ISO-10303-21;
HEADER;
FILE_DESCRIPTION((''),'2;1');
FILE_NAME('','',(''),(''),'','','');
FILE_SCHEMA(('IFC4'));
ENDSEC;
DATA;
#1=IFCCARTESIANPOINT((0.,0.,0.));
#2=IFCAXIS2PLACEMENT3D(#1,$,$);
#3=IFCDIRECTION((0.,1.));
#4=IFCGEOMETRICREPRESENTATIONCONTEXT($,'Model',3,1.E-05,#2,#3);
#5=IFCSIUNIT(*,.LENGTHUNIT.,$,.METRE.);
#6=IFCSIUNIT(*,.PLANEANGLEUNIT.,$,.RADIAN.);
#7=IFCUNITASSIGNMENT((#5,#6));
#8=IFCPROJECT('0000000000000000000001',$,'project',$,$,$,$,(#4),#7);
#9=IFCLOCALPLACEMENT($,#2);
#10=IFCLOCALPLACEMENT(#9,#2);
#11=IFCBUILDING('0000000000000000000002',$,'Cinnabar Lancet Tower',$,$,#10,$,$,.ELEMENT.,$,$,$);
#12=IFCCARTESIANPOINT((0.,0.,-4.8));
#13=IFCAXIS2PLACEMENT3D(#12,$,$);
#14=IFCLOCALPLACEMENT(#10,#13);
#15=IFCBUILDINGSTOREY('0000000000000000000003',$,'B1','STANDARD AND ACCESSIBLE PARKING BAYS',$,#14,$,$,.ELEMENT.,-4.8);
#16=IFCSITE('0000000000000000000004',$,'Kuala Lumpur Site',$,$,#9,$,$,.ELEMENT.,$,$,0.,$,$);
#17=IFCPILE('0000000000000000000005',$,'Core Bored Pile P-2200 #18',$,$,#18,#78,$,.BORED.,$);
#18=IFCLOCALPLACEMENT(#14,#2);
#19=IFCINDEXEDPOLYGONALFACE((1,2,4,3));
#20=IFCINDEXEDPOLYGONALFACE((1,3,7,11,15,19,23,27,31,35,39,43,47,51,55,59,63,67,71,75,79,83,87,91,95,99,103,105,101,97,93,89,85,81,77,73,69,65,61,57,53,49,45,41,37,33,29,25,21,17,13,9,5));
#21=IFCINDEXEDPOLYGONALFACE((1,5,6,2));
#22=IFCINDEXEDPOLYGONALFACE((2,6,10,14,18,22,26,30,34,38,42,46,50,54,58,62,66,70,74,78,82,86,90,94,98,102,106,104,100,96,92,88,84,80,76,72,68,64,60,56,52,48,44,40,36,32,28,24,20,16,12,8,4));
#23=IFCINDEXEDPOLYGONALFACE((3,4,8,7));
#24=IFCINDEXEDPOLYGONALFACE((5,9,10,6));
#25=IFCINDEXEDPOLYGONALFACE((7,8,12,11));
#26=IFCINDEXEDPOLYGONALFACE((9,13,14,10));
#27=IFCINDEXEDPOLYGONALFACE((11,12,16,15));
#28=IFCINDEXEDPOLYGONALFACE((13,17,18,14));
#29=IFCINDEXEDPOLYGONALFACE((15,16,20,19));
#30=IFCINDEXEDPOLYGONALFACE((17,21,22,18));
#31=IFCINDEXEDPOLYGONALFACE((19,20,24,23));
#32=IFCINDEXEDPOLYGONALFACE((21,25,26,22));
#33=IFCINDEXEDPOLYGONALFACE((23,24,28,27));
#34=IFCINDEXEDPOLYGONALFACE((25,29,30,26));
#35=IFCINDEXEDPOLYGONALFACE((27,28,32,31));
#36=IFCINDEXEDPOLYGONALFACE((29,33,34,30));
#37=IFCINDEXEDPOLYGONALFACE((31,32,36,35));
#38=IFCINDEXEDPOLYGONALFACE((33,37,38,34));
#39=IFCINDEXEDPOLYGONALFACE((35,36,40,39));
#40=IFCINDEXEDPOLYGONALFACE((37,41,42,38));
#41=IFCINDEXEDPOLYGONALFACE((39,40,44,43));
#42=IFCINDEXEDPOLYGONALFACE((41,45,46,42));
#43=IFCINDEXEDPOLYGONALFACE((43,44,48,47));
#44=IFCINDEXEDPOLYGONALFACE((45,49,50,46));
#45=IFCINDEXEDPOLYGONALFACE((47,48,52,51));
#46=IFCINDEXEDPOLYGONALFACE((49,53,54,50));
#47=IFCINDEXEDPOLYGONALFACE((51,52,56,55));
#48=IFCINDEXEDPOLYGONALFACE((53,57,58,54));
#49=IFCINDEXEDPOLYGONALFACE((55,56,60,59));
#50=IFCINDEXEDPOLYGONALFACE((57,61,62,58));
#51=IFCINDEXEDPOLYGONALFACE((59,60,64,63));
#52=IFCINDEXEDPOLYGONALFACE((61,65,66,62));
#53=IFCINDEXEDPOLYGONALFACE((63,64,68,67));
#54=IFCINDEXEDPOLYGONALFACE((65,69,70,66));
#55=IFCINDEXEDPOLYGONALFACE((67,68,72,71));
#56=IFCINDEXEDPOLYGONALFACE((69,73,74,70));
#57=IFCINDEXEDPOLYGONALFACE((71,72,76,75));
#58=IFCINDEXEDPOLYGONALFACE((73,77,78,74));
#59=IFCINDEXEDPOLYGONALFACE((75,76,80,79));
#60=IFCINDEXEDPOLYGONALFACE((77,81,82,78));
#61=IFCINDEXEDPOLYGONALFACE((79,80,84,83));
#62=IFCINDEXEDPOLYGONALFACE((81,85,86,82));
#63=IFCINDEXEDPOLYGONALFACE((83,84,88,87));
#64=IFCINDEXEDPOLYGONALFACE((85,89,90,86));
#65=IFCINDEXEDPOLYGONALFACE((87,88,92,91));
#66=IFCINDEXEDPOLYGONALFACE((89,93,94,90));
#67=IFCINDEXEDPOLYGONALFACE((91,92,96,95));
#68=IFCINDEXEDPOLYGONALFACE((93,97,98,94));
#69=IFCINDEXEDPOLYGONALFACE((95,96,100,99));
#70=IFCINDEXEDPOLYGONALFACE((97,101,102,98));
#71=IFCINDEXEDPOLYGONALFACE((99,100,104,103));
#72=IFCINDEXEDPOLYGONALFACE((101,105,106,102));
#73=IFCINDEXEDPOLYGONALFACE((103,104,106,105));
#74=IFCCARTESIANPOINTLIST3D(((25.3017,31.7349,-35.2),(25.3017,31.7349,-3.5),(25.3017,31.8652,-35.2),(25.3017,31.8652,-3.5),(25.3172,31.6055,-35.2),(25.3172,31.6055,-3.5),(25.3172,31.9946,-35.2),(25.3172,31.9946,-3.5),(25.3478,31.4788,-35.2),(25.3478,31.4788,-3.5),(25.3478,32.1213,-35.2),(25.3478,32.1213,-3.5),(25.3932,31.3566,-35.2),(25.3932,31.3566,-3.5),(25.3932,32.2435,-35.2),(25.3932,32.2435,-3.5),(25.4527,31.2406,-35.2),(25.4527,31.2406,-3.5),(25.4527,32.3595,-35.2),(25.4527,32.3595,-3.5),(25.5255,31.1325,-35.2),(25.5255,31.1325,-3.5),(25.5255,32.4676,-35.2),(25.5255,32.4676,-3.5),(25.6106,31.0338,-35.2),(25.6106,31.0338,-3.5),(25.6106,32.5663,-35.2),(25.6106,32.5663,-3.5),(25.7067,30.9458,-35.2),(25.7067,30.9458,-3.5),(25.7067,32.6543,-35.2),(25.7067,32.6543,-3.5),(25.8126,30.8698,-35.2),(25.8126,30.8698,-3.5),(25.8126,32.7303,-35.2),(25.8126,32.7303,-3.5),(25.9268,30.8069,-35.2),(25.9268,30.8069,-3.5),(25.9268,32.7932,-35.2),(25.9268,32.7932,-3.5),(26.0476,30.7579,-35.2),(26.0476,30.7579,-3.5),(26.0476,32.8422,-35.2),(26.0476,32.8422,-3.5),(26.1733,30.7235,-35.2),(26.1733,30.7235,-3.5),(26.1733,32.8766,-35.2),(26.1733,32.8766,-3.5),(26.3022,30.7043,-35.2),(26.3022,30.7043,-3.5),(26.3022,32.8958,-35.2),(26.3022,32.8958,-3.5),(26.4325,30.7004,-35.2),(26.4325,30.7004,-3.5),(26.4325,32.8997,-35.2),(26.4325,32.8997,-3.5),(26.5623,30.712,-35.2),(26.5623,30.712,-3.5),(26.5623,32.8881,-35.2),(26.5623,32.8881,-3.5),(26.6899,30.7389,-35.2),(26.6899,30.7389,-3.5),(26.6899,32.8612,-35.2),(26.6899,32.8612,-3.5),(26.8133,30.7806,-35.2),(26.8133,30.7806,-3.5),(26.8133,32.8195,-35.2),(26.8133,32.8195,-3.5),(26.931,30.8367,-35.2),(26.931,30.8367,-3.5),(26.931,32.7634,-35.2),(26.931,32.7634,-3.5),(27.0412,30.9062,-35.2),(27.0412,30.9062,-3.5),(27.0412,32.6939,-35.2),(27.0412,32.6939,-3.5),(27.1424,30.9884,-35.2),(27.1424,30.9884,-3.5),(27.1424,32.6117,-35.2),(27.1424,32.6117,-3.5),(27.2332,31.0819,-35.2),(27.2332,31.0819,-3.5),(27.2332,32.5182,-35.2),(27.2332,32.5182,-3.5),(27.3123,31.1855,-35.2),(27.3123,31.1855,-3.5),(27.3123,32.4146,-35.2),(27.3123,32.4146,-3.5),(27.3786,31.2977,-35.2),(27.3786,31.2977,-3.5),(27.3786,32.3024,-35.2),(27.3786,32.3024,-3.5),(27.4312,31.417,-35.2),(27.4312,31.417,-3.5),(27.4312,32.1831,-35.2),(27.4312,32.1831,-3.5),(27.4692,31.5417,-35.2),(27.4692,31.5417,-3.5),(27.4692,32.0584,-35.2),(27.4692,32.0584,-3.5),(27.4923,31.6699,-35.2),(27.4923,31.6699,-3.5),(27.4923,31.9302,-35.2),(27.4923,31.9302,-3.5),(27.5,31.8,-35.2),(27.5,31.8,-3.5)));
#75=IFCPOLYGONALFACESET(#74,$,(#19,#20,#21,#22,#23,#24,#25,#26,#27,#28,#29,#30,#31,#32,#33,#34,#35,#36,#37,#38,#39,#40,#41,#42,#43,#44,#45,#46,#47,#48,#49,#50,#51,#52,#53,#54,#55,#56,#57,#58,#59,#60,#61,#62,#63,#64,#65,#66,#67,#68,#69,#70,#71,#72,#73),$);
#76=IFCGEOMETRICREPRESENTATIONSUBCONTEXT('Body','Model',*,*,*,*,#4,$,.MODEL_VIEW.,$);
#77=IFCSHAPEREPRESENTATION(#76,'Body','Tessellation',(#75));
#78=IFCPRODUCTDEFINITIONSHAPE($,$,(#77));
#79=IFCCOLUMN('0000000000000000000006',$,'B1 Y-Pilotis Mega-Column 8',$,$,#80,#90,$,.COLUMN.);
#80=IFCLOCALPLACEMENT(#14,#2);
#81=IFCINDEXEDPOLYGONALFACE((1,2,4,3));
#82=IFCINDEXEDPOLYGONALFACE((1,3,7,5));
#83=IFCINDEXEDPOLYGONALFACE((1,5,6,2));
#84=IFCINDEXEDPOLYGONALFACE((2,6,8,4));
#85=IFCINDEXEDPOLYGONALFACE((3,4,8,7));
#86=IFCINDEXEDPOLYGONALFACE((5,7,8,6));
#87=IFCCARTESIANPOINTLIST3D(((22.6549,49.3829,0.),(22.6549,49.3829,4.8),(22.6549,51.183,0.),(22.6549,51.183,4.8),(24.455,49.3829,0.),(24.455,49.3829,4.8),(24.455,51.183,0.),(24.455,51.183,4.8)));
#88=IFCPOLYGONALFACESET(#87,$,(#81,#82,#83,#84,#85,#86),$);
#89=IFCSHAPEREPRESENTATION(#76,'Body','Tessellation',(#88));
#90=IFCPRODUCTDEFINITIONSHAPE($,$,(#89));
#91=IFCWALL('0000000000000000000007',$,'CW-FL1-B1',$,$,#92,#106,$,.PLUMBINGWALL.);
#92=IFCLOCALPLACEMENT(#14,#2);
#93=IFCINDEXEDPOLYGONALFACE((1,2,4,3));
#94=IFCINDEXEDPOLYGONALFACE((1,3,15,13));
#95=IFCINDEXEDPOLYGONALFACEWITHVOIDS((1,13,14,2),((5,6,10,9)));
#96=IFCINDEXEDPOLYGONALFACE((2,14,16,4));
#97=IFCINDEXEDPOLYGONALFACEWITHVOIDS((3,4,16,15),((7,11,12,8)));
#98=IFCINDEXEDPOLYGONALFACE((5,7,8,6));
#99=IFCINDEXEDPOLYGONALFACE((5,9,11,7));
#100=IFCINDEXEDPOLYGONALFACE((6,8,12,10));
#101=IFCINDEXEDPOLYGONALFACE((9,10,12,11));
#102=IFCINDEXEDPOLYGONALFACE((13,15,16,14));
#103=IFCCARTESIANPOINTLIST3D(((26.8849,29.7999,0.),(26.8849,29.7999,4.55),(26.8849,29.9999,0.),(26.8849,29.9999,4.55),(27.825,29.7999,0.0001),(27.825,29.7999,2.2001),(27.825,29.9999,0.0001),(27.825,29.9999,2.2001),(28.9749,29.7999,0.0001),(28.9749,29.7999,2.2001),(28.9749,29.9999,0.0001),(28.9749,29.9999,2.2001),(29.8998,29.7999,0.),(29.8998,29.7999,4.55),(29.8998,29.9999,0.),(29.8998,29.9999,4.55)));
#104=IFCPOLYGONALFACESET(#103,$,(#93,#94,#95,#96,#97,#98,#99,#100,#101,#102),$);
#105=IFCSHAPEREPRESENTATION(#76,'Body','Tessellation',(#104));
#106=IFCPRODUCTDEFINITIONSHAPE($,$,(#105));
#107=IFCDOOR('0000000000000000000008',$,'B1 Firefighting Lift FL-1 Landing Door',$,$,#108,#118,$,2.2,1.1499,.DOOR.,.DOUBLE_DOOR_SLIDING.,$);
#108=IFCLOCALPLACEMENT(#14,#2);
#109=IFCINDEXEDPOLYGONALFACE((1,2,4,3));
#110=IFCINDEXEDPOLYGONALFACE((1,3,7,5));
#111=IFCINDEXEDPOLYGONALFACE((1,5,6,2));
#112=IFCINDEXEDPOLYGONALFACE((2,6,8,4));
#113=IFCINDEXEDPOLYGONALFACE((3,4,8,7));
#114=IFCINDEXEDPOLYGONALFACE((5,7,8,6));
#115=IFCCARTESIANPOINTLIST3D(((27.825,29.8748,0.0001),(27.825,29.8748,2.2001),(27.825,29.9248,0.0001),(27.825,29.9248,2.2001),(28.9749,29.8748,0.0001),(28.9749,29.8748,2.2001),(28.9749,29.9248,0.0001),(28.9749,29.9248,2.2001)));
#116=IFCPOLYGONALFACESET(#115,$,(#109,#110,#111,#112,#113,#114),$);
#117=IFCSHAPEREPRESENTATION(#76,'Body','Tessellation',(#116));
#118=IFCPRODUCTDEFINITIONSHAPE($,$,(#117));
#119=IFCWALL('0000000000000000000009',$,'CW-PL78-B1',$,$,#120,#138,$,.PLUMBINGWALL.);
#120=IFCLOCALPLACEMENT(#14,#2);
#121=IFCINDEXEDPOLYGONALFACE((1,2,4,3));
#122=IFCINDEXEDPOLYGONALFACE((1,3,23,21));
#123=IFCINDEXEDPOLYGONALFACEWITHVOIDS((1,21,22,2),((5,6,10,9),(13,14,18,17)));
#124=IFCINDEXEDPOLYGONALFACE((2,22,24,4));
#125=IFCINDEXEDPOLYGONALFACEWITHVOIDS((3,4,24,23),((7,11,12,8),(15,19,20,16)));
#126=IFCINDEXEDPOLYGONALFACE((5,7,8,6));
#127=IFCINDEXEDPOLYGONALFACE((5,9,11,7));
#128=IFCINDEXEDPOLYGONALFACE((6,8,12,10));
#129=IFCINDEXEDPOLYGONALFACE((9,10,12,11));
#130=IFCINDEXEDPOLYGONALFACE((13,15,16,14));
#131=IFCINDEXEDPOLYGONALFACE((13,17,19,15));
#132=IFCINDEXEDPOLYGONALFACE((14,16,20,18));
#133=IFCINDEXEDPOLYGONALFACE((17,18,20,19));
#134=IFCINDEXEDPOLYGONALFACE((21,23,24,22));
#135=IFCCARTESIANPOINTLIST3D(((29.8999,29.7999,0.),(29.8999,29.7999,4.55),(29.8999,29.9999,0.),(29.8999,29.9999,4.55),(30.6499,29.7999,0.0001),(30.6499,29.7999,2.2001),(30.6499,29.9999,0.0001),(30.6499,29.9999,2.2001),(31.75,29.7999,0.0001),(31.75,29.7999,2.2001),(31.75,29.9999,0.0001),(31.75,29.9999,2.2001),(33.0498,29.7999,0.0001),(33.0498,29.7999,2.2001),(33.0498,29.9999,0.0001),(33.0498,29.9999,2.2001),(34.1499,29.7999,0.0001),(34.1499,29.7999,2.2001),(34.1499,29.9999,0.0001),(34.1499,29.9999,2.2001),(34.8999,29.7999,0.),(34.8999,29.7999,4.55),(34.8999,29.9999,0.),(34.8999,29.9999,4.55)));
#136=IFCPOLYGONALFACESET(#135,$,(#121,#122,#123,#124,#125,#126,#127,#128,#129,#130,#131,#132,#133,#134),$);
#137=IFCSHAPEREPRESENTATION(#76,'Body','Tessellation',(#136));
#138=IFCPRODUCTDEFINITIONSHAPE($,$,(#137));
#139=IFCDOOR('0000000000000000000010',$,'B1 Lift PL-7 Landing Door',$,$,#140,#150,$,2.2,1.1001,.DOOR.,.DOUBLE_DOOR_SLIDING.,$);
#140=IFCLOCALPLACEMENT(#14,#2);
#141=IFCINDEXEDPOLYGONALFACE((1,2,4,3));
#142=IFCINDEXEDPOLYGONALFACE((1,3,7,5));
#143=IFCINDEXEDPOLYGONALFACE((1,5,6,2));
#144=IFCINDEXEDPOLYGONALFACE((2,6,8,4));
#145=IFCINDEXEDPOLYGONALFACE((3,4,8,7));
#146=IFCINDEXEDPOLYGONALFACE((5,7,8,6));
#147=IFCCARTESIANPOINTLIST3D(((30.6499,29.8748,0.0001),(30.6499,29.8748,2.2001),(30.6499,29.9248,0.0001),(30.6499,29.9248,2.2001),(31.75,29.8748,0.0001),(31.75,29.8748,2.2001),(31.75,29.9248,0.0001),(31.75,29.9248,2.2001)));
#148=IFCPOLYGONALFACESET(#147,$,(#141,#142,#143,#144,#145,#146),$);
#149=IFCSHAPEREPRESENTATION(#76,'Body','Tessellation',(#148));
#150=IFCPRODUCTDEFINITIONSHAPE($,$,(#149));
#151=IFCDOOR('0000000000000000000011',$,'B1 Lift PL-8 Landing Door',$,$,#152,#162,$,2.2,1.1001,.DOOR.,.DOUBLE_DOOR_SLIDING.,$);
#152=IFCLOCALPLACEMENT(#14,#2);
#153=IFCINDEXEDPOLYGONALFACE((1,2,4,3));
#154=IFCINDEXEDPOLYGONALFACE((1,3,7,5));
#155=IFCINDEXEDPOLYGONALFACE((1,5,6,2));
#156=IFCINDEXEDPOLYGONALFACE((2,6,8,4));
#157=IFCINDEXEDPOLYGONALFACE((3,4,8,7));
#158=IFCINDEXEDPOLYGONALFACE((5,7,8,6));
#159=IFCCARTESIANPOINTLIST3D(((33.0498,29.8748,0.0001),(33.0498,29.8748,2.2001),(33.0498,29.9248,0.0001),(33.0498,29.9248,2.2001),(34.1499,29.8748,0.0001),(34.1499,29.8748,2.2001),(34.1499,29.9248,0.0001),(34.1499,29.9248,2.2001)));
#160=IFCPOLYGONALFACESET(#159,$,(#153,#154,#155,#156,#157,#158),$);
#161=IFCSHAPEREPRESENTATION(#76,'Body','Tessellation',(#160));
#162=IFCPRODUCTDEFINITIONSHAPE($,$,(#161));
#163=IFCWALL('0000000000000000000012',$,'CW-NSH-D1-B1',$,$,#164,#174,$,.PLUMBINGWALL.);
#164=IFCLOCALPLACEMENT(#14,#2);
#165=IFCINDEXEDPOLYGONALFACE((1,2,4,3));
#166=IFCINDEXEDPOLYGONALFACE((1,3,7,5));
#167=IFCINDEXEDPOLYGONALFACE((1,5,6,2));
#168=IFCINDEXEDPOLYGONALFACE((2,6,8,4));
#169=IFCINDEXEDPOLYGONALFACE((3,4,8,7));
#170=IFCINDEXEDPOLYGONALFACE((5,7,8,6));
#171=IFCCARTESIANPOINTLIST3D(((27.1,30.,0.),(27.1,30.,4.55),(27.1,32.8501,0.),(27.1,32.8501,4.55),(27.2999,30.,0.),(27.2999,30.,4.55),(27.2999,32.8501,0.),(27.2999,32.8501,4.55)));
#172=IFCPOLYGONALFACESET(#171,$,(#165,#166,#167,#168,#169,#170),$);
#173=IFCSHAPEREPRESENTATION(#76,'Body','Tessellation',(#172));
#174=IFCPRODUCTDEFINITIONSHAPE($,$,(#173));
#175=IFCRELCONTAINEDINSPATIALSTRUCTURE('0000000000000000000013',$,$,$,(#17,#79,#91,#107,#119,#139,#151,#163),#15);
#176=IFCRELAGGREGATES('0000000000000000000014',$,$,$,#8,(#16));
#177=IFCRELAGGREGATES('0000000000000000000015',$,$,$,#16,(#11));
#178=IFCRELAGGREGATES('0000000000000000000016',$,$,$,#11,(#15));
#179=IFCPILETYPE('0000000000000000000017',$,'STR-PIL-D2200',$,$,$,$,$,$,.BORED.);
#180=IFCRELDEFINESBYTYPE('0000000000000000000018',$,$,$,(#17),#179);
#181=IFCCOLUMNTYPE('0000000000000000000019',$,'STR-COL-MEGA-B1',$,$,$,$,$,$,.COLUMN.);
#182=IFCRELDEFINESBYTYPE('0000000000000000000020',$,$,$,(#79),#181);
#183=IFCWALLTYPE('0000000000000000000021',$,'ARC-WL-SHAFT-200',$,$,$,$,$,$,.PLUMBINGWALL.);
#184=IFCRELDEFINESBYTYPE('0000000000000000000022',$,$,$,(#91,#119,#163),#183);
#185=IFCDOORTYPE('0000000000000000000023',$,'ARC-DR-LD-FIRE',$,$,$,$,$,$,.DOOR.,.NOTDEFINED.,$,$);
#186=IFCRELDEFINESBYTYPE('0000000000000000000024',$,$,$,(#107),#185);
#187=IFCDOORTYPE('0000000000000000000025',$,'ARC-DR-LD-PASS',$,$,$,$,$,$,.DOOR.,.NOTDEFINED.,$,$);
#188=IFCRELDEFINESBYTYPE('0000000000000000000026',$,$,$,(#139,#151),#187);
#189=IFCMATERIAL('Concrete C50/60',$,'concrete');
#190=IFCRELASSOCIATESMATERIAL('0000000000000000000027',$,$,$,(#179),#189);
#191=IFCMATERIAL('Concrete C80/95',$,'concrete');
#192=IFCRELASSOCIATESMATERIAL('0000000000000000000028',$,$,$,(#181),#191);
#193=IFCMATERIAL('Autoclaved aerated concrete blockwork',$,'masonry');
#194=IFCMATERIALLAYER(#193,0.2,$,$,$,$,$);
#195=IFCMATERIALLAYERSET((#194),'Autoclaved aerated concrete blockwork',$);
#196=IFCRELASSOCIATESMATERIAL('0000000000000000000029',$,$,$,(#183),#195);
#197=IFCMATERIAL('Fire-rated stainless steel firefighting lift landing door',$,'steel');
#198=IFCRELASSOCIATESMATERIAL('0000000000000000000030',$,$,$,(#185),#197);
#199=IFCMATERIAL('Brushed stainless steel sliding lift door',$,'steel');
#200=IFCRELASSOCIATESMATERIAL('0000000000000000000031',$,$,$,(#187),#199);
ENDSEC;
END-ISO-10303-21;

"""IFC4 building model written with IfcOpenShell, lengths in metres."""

from ifc_helpers import new_model, si_unit, direction, frame, frame_2d, origin, origin_2d, place, context, subcontext, project, spatial, rectangle, circle, extrude, material, layer, layer_set, material_profile, profile_set, type_object, element, fill, save


model = new_model("IFC4")

# Units and contexts
model_context = context("Model", 3, precision=1e-05, world=origin(), true_north=direction((0.0, 1.0)))
body_context = subcontext(model_context, "Body", "Model", "MODEL_VIEW")
ifc_project = project(units=[si_unit("LENGTHUNIT", "METRE"), si_unit("PLANEANGLEUNIT", "RADIAN")], contexts=[model_context])

# Site, building, storey
site_placement = place(None, origin())
site = spatial("IfcSite", under=ifc_project, at=site_placement, Name="Kuala Lumpur Site", CompositionType="ELEMENT", RefElevation=0.0)
building_placement = place(site_placement, origin())
building = spatial("IfcBuilding", under=site, at=building_placement, Name="Cinnabar Lancet Tower", CompositionType="ELEMENT")
storey_placement = place(building_placement, frame((0.0, 0.0, -4.8)))
storey = spatial("IfcBuildingStorey", under=building, at=storey_placement, Name="B1", Description="STANDARD AND ACCESSIBLE PARKING BAYS", CompositionType="ELEMENT", Elevation=-4.8)

# Pile
ifc_material_1 = material(Name="Concrete C50/60", Category="concrete")
ifc_material_profile_1 = material_profile(ifc_material_1, circle(Radius=1.1001, at=origin_2d()), Name="PILE D2200")
ifc_profile_set_1 = profile_set([ifc_material_profile_1], Name="Concrete C50/60")
pile_type_1 = type_object("IfcPileType", Name="STR-PIL-D2200", PredefinedType="BORED", material=ifc_profile_set_1)
pile_1_placement = place(storey_placement, frame((26.3999, 31.8, -3.5), z_axis=(0.0, 0.0, -1.0), x_axis=(1.0, 0.0, 0.0)))
element("IfcPile", 1, at=pile_1_placement, inside=storey, type_object=pile_type_1, Name="Core Bored Pile P-2200 #18", PredefinedType="BORED", context=body_context, shape_type="SweptSolid", body=[
    extrude(circle(Radius=1.1001, at=origin_2d()), origin(), (0.0, 0.0, 1.0), 31.7),
])

# Column
ifc_material_2 = material(Name="Concrete C80/95", Category="concrete")
ifc_material_profile_2 = material_profile(ifc_material_2, rectangle(XDim=1.8, YDim=1.8, at=origin_2d()), Name="RC-MEGA 1800x1800")
ifc_profile_set_2 = profile_set([ifc_material_profile_2], Name="Concrete C80/95")
column_type = type_object("IfcColumnType", Name="STR-COL-MEGA-B1", PredefinedType="COLUMN", material=ifc_profile_set_2)
column_placement = place(storey_placement, frame((23.5549, 50.283, 0.0), z_axis=(0.0, 0.0, 1.0), x_axis=(1.0, 0.0, 0.0)))
element("IfcColumn", 2, at=column_placement, inside=storey, type_object=column_type, Name="B1 Y-Pilotis Mega-Column 8", PredefinedType="COLUMN", context=body_context, shape_type="SweptSolid", body=[
    extrude(rectangle(XDim=1.8, YDim=1.8, at=origin_2d()), origin(), (0.0, 0.0, 1.0), 4.8),
])

# Wall, opening, door
ifc_material_3 = material(Name="Autoclaved aerated concrete blockwork", Category="masonry")
ifc_layer = layer(ifc_material_3, 0.2)
ifc_layer_set = layer_set([ifc_layer], Name="Autoclaved aerated concrete blockwork")
wall_type = type_object("IfcWallType", Name="ARC-WL-SHAFT-200", PredefinedType="PLUMBINGWALL", material=ifc_layer_set)
wall_1_placement = place(storey_placement, frame((26.885, 29.8999, 0.0), z_axis=(0.0, 0.0, 1.0), x_axis=(1.0, 0.0, 0.0)))
wall_1 = element("IfcWall", 3, at=wall_1_placement, inside=storey, type_object=wall_type, Name="CW-FL1-B1", PredefinedType="PLUMBINGWALL", context=body_context, shape_type="SweptSolid", body=[
    extrude(rectangle(XDim=3.0149, YDim=0.2, at=frame_2d((1.5073, 0.0))), origin(), (0.0, 0.0, 1.0), 4.55),
])
opening_1_placement = place(wall_1_placement, frame((0.9399, 0.0, 0.0)))
opening_1 = element("IfcOpeningElement", 4, at=opening_1_placement, cuts=wall_1, PredefinedType="OPENING", context=body_context, shape_type="SweptSolid", body=[
    extrude(rectangle(XDim=1.1499, YDim=2.2, at=frame_2d((0.575, 1.1001))), frame((0.0, 0.1099, 0.0), z_axis=(0.0, -1.0, 0.0), x_axis=(1.0, 0.0, 0.0)), (0.0, 0.0, 1.0), 0.22),
])
ifc_material_4 = material(Name="Fire-rated stainless steel firefighting lift landing door", Category="steel")
door_type_1 = type_object("IfcDoorType", Name="ARC-DR-LD-FIRE", OperationType="NOTDEFINED", PredefinedType="DOOR", material=ifc_material_4)
door_1_placement = place(opening_1_placement, origin())
door_1 = element("IfcDoor", 5, at=door_1_placement, inside=storey, type_object=door_type_1, Name="B1 Firefighting Lift FL-1 Landing Door", OperationType="DOUBLE_DOOR_SLIDING", OverallHeight=2.2, OverallWidth=1.1499, PredefinedType="DOOR", context=body_context, shape_type="SweptSolid", body=[
    extrude(rectangle(XDim=1.1499, YDim=2.2, at=frame_2d((0.575, 1.1001))), frame((0.0, 0.0249, 0.0), z_axis=(0.0, -1.0, 0.0), x_axis=(1.0, 0.0, 0.0)), (0.0, 0.0, 1.0), 0.05),
])
fill(opening_1, door_1)

# Wall, openings, doors
wall_2_placement = place(storey_placement, frame((29.8999, 29.8999, 0.0), z_axis=(0.0, 0.0, 1.0), x_axis=(1.0, 0.0, 0.0)))
wall_2 = element("IfcWall", 6, at=wall_2_placement, inside=storey, type_object=wall_type, Name="CW-PL78-B1", PredefinedType="PLUMBINGWALL", context=body_context, shape_type="SweptSolid", body=[
    extrude(rectangle(XDim=5.0, YDim=0.2, at=frame_2d((2.5, 0.0))), origin(), (0.0, 0.0, 1.0), 4.55),
])
opening_2_placement = place(wall_2_placement, frame((0.75, 0.0, 0.0)))
opening_2 = element("IfcOpeningElement", 7, at=opening_2_placement, cuts=wall_2, PredefinedType="OPENING", context=body_context, shape_type="SweptSolid", body=[
    extrude(rectangle(XDim=1.1001, YDim=2.2, at=frame_2d((0.55, 1.1001))), frame((0.0, 0.1099, 0.0), z_axis=(0.0, -1.0, 0.0), x_axis=(1.0, 0.0, 0.0)), (0.0, 0.0, 1.0), 0.22),
])
opening_3_placement = place(wall_2_placement, frame((3.1499, 0.0, 0.0)))
opening_3 = element("IfcOpeningElement", 8, at=opening_3_placement, cuts=wall_2, PredefinedType="OPENING", context=body_context, shape_type="SweptSolid", body=[
    extrude(rectangle(XDim=1.1001, YDim=2.2, at=frame_2d((0.55, 1.1001))), frame((0.0, 0.1099, 0.0), z_axis=(0.0, -1.0, 0.0), x_axis=(1.0, 0.0, 0.0)), (0.0, 0.0, 1.0), 0.22),
])
ifc_material_5 = material(Name="Brushed stainless steel sliding lift door", Category="steel")
door_type_2 = type_object("IfcDoorType", Name="ARC-DR-LD-PASS", OperationType="NOTDEFINED", PredefinedType="DOOR", material=ifc_material_5)
door_2_placement = place(opening_2_placement, origin())
door_2 = element("IfcDoor", 9, at=door_2_placement, inside=storey, type_object=door_type_2, Name="B1 Lift PL-7 Landing Door", OperationType="DOUBLE_DOOR_SLIDING", OverallHeight=2.2, OverallWidth=1.1001, PredefinedType="DOOR", context=body_context, shape_type="SweptSolid", body=[
    extrude(rectangle(XDim=1.1001, YDim=2.2, at=frame_2d((0.55, 1.1001))), frame((0.0, 0.0249, 0.0), z_axis=(0.0, -1.0, 0.0), x_axis=(1.0, 0.0, 0.0)), (0.0, 0.0, 1.0), 0.05),
])
fill(opening_2, door_2)
door_3_placement = place(opening_3_placement, origin())
door_3 = element("IfcDoor", 10, at=door_3_placement, inside=storey, type_object=door_type_2, Name="B1 Lift PL-8 Landing Door", OperationType="DOUBLE_DOOR_SLIDING", OverallHeight=2.2, OverallWidth=1.1001, PredefinedType="DOOR", context=body_context, shape_type="SweptSolid", body=[
    extrude(rectangle(XDim=1.1001, YDim=2.2, at=frame_2d((0.55, 1.1001))), frame((0.0, 0.0249, 0.0), z_axis=(0.0, -1.0, 0.0), x_axis=(1.0, 0.0, 0.0)), (0.0, 0.0, 1.0), 0.05),
])
fill(opening_3, door_3)

# Wall
for number, where, z_axis, x_axis, name in (
    (11, (27.2, 30.0, 0.0), (0.0, 0.0, 1.0), (0.0, 1.0, 0.0), "CW-NSH-D1-B1"),
):
    element("IfcWall", number, at=place(storey_placement, frame(where, z_axis=z_axis, x_axis=x_axis)), inside=storey, type_object=wall_type, Name=name, PredefinedType="PLUMBINGWALL", context=body_context, shape_type="SweptSolid", body=[
        extrude(rectangle(XDim=2.8501, YDim=0.2, at=frame_2d((1.425, 0.0))), origin(), (0.0, 0.0, 1.0), 4.55),
    ])

save(model, "model.ifc")
